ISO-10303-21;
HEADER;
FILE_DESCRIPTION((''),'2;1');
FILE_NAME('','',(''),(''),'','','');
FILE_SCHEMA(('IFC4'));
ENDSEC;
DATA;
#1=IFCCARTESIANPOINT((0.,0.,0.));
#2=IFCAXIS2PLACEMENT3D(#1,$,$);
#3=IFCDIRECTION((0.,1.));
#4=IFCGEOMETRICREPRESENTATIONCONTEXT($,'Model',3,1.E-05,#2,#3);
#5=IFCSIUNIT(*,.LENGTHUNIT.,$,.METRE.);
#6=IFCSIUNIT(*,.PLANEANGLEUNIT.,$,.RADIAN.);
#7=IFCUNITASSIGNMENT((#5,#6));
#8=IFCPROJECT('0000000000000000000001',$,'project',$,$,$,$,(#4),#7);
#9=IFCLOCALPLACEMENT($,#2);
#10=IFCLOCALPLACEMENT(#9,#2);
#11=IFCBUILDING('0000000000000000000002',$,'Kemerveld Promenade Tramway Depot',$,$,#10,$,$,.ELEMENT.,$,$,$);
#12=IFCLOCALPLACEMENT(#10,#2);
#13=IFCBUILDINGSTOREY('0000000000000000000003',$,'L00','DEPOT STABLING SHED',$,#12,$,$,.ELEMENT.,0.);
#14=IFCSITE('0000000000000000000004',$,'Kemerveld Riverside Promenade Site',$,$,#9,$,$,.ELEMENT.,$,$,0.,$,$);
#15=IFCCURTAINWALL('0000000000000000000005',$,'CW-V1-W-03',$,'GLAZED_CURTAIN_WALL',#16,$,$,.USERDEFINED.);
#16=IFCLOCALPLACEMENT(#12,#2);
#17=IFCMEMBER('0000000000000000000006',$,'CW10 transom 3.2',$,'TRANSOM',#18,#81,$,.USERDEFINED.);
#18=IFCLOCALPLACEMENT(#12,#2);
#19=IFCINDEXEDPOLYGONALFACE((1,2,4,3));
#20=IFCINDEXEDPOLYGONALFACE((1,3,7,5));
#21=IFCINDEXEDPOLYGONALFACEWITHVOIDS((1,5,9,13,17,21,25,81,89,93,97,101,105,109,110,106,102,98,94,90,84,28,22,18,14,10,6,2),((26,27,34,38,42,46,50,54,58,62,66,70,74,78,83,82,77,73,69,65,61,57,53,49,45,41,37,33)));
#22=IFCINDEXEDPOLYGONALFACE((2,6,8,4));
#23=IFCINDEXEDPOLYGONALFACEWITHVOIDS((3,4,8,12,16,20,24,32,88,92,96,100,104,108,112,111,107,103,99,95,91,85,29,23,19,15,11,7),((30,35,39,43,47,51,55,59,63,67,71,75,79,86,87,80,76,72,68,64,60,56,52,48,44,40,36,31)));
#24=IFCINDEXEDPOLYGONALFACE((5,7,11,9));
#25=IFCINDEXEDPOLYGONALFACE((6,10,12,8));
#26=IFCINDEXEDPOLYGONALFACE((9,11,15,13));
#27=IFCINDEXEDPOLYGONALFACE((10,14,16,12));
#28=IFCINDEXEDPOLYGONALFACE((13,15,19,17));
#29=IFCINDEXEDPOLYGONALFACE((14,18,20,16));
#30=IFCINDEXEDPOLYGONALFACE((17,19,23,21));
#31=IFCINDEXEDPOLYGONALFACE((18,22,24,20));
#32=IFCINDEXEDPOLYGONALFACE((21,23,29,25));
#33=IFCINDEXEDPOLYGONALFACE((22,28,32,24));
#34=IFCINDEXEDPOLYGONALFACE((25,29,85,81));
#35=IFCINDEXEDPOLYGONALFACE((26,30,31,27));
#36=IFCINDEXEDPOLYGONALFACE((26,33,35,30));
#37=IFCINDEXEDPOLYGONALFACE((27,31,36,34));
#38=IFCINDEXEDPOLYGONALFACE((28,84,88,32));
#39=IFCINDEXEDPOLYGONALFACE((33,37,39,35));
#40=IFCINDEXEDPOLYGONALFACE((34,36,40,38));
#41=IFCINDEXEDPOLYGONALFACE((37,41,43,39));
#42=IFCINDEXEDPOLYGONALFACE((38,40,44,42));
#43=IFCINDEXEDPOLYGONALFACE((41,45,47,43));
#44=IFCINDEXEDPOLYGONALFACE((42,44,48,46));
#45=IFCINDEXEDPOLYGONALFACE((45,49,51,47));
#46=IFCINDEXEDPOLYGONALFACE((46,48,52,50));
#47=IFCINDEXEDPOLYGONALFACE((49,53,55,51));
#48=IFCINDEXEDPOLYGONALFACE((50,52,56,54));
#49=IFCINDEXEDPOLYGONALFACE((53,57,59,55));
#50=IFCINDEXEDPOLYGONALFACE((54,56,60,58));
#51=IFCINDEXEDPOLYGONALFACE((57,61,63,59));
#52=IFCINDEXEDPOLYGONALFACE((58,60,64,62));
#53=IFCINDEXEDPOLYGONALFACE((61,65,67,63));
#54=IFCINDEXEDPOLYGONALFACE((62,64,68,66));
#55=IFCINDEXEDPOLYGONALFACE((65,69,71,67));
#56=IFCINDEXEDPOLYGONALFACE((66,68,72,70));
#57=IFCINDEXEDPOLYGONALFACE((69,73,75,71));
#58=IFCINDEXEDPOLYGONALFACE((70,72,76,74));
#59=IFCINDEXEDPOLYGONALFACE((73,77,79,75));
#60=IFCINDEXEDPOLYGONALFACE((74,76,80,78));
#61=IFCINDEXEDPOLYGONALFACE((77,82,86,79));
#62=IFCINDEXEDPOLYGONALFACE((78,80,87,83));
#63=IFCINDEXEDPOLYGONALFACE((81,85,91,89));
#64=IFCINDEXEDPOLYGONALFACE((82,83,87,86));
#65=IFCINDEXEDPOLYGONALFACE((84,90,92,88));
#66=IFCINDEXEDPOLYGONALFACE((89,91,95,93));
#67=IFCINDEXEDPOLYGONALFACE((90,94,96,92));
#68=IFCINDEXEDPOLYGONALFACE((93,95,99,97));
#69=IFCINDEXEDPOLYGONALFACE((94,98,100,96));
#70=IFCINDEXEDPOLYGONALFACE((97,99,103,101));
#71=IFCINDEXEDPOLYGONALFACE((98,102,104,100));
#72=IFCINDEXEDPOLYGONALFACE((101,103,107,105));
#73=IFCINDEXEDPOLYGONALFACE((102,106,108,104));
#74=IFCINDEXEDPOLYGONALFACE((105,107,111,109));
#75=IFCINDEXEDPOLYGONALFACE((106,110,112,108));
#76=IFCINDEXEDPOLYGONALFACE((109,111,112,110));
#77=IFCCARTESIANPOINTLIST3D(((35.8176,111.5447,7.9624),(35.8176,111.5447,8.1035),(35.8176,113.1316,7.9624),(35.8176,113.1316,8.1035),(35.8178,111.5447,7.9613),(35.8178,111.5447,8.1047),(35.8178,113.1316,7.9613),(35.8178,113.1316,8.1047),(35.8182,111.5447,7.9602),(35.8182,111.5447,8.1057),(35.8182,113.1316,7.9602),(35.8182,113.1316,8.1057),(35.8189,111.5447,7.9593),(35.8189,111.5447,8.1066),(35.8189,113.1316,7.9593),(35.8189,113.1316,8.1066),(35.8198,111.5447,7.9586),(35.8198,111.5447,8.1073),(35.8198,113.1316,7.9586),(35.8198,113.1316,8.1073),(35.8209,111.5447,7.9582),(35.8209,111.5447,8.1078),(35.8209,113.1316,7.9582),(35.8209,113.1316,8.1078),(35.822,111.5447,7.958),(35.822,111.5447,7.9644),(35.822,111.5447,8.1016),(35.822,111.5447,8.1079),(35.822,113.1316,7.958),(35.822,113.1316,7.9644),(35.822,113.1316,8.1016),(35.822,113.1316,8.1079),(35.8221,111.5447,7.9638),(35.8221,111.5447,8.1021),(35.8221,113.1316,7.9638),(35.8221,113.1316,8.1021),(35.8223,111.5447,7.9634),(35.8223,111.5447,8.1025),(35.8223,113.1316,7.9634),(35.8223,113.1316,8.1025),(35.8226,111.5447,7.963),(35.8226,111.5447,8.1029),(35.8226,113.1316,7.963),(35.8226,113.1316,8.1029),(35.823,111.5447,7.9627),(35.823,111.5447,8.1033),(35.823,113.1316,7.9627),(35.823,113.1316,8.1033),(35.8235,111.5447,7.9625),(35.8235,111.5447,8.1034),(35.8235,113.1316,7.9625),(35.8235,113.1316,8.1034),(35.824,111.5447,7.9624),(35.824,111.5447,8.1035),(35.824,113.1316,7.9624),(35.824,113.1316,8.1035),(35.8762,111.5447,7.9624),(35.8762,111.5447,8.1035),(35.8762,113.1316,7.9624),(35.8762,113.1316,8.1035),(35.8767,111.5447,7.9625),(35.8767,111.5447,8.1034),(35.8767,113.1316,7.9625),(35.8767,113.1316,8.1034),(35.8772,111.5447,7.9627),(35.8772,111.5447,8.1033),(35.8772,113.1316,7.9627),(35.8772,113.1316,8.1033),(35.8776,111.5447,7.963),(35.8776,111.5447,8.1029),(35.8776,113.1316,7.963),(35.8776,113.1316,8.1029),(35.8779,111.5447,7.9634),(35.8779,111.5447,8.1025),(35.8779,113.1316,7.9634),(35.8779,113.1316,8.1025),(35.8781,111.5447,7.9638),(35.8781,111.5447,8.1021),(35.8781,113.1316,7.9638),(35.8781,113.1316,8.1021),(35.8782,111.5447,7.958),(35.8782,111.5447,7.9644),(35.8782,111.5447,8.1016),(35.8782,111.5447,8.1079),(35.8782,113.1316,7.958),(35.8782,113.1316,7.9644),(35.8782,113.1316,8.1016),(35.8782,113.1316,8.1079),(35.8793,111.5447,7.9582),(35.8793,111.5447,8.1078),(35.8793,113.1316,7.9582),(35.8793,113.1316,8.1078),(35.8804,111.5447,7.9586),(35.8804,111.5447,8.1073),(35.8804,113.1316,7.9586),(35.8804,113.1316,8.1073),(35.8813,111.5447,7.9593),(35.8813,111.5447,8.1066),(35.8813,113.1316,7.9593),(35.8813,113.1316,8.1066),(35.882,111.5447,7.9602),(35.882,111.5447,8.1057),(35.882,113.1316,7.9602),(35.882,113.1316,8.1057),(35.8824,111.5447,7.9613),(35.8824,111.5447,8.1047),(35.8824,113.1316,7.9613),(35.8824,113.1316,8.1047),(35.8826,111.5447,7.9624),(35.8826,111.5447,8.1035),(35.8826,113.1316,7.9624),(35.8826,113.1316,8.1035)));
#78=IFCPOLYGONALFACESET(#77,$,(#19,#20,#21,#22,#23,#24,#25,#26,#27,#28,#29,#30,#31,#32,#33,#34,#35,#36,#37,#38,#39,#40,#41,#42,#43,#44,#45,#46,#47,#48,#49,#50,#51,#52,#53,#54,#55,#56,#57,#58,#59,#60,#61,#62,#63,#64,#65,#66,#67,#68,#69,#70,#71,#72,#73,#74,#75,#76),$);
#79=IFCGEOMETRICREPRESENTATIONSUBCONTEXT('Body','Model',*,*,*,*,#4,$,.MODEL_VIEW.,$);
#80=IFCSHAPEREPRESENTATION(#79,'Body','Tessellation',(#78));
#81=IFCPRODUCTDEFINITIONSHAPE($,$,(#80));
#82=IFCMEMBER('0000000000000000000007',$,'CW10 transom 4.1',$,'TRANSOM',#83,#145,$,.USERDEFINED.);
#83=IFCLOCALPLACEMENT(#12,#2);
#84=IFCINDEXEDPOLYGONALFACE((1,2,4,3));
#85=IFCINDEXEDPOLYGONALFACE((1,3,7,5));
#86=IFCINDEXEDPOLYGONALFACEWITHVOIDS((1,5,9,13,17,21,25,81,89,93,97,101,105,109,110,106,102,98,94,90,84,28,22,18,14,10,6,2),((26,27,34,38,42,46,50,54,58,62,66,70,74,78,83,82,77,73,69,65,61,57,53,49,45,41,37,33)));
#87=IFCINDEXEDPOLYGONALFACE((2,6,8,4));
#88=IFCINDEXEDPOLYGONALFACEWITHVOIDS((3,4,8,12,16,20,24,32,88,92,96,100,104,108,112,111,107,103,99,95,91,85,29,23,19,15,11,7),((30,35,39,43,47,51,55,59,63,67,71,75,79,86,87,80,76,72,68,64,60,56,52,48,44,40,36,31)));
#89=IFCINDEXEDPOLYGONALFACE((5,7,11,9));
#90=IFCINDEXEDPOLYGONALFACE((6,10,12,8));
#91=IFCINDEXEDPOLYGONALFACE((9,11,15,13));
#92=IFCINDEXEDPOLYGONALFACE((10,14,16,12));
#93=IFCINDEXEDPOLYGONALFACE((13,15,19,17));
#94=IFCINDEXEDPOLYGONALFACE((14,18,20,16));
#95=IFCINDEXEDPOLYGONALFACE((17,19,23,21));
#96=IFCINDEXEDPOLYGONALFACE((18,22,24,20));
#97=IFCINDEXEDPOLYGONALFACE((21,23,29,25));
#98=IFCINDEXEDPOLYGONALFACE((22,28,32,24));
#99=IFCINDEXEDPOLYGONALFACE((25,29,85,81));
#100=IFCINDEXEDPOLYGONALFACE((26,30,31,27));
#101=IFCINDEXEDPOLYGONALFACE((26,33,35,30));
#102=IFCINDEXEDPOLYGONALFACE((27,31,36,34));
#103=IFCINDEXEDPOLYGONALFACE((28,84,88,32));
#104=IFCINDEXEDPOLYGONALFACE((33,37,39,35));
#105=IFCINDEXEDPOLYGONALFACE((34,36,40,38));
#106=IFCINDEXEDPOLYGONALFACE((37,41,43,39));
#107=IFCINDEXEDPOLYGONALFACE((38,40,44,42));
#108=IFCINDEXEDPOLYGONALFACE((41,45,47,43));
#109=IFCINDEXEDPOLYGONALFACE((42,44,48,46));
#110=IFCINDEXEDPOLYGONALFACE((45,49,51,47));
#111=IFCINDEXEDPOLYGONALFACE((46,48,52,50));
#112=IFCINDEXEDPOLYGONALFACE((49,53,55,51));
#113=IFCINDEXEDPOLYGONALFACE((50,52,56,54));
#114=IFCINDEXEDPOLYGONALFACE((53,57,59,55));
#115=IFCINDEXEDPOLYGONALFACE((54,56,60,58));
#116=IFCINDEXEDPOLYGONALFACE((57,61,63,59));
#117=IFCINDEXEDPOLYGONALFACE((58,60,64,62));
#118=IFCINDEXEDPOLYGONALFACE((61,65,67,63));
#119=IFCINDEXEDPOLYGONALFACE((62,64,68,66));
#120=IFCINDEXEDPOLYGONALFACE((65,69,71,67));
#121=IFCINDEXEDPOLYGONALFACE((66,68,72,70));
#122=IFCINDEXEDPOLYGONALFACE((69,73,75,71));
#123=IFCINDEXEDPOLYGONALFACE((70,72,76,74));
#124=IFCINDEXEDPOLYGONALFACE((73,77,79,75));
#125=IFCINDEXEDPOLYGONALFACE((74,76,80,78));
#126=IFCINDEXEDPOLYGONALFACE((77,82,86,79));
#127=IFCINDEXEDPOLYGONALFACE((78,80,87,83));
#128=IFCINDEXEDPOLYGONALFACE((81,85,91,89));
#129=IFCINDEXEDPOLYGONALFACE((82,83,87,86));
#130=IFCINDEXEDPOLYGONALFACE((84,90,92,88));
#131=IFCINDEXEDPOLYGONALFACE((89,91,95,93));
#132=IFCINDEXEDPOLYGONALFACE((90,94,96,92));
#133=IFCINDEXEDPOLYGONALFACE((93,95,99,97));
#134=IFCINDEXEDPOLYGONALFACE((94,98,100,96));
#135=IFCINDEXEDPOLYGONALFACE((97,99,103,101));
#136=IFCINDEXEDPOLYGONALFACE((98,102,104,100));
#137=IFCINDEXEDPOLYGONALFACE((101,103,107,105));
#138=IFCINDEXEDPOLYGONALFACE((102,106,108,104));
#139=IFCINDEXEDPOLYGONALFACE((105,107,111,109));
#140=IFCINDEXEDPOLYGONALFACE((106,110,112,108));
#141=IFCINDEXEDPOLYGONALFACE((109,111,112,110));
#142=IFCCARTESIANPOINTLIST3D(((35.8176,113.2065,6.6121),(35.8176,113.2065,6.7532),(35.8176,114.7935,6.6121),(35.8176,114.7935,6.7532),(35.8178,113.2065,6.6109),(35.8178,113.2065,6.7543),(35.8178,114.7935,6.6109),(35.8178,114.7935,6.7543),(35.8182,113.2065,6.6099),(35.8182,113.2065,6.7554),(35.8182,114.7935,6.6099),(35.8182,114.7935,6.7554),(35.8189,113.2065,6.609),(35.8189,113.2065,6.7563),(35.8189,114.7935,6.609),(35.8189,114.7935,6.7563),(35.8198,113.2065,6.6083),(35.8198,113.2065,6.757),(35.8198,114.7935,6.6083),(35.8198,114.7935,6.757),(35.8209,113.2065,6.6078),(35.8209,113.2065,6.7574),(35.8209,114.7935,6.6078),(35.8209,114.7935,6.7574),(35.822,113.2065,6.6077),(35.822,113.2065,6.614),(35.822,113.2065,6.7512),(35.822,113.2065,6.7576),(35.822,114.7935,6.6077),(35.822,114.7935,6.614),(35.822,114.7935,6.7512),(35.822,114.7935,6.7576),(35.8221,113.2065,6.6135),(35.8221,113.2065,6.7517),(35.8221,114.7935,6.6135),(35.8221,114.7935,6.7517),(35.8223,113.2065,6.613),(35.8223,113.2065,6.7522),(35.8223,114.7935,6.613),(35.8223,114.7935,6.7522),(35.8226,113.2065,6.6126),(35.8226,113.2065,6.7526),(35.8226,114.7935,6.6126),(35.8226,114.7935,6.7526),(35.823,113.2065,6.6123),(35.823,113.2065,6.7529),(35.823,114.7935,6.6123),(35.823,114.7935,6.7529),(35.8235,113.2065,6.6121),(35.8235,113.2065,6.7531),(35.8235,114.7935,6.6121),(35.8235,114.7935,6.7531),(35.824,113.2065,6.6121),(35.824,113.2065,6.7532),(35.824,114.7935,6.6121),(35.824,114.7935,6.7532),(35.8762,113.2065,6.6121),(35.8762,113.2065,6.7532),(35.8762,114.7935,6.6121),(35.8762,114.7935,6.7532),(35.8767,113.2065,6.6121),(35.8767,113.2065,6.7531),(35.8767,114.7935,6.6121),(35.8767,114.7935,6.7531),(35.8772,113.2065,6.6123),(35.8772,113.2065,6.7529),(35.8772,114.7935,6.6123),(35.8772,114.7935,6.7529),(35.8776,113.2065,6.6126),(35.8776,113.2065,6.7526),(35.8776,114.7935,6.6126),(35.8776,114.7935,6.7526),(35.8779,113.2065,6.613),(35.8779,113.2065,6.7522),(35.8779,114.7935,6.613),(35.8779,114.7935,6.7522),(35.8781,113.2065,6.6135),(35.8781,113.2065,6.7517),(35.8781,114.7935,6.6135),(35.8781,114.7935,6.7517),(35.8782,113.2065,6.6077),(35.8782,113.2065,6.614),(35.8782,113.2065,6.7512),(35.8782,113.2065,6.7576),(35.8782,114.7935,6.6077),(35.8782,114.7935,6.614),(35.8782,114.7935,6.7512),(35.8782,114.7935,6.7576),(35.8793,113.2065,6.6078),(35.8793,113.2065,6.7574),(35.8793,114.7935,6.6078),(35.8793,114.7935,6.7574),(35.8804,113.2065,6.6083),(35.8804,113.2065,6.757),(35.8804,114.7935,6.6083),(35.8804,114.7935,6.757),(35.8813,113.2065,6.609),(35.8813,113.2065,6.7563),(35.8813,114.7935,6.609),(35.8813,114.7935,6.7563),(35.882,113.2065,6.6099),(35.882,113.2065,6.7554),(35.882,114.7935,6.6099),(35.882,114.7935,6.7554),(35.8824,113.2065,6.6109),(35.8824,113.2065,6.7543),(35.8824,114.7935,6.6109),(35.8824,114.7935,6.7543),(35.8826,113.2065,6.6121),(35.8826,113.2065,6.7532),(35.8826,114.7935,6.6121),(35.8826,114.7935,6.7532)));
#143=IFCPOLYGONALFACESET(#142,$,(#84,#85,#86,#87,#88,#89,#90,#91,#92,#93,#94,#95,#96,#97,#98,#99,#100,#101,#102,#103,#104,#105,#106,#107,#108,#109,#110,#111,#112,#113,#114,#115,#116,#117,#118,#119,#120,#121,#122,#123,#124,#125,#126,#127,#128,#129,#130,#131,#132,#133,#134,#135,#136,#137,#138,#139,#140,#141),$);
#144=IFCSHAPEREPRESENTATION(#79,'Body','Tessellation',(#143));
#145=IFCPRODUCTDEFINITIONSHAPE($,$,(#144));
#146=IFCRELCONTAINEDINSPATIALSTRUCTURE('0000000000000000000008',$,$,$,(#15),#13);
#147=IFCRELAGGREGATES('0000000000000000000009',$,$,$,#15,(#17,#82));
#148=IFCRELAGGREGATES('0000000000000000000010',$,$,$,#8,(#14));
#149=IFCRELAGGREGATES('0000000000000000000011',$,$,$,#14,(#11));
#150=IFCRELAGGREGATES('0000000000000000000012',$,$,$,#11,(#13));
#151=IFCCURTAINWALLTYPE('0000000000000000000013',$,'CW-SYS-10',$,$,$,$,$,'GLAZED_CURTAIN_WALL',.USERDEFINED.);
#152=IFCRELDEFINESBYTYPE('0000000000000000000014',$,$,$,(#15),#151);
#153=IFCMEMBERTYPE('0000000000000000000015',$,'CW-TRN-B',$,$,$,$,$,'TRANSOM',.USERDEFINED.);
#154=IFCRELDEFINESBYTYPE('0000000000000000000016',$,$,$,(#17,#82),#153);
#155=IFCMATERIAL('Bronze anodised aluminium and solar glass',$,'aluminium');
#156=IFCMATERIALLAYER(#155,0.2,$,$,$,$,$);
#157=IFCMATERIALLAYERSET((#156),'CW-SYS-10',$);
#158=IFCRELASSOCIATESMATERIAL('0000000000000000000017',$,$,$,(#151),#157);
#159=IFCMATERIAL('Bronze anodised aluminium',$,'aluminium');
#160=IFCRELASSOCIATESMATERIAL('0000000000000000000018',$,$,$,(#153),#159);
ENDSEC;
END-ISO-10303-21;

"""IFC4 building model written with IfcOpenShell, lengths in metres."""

from ifc_helpers import new_model, si_unit, direction, frame, origin, origin_2d, place, context, subcontext, project, spatial, hollow_rectangle, extrude, material, layer, layer_set, material_profile, profile_set, type_object, element, aggregate, save


model = new_model("IFC4")

# Units and contexts
model_context = context("Model", 3, precision=1e-05, world=origin(), true_north=direction((0.0, 1.0)))
body_context = subcontext(model_context, "Body", "Model", "MODEL_VIEW")
ifc_project = project(units=[si_unit("LENGTHUNIT", "METRE"), si_unit("PLANEANGLEUNIT", "RADIAN")], contexts=[model_context])

# Site, building, storey
site_placement = place(None, origin())
site = spatial("IfcSite", under=ifc_project, at=site_placement, Name="Kemerveld Riverside Promenade Site", CompositionType="ELEMENT", RefElevation=0.0)
building_placement = place(site_placement, origin())
building = spatial("IfcBuilding", under=site, at=building_placement, Name="Kemerveld Promenade Tramway Depot", CompositionType="ELEMENT")
storey_placement = place(building_placement, origin())
storey = spatial("IfcBuildingStorey", under=building, at=storey_placement, Name="L00", Description="DEPOT STABLING SHED", CompositionType="ELEMENT", Elevation=0.0)

# Curtain wall
ifc_material_1 = material(Name="Bronze anodised aluminium and solar glass", Category="aluminium")
ifc_material_2 = material(Name="Bronze anodised aluminium", Category="aluminium")
ifc_layer_1 = layer(ifc_material_1, 0.2)
ifc_layer_set_1 = layer_set([ifc_layer_1], Name="CW-SYS-10")
curtain_wall_type_1 = type_object("IfcCurtainWallType", Name="CW-SYS-10", ElementType="GLAZED_CURTAIN_WALL", PredefinedType="USERDEFINED", material=ifc_layer_set_1)
curtain_wall_1_placement = place(storey_placement, origin())
curtain_wall_1 = element("IfcCurtainWall", 1, at=curtain_wall_1_placement, inside=storey, type_object=curtain_wall_type_1, Name="CW-V1-W-03", ObjectType="GLAZED_CURTAIN_WALL", PredefinedType="USERDEFINED")

# Members
ifc_material_profile_1 = material_profile(ifc_material_2, hollow_rectangle(XDim=0.0649, YDim=0.1499, WallThickness=0.0044, InnerFilletRadius=0.002, OuterFilletRadius=0.0044, at=origin_2d()), Name="CW-TRN-150x65")
ifc_profile_set_1 = profile_set([ifc_material_profile_1], Name="Bronze anodised aluminium")
member_type_1 = type_object("IfcMemberType", Name="CW-TRN-B", ElementType="TRANSOM", PredefinedType="USERDEFINED", material=ifc_profile_set_1)
member_1_placement = place(storey_placement, frame((35.8501, 111.5447, 8.033), z_axis=(0.0, 1.0, 0.0), x_axis=(-1.0, 0.0, 0.0)))
member_1 = element("IfcMember", 2, at=member_1_placement, type_object=member_type_1, Name="CW10 transom 3.2", ObjectType="TRANSOM", PredefinedType="USERDEFINED", context=body_context, shape_type="SweptSolid", body=[
    extrude(hollow_rectangle(XDim=0.0649, YDim=0.1499, WallThickness=0.0044, InnerFilletRadius=0.002, OuterFilletRadius=0.0044, at=origin_2d()), origin(), (0.0, 0.0, 1.0), 1.5869),
])
member_2_placement = place(storey_placement, frame((35.8501, 113.2065, 6.6826), z_axis=(0.0, 1.0, 0.0), x_axis=(-1.0, 0.0, 0.0)))
member_2 = element("IfcMember", 3, at=member_2_placement, type_object=member_type_1, Name="CW10 transom 4.1", ObjectType="TRANSOM", PredefinedType="USERDEFINED", context=body_context, shape_type="SweptSolid", body=[
    extrude(hollow_rectangle(XDim=0.0649, YDim=0.1499, WallThickness=0.0044, InnerFilletRadius=0.002, OuterFilletRadius=0.0044, at=origin_2d()), origin(), (0.0, 0.0, 1.0), 1.5869),
])

aggregate(curtain_wall_1, [member_1, member_2])

save(model, "model.ifc")
